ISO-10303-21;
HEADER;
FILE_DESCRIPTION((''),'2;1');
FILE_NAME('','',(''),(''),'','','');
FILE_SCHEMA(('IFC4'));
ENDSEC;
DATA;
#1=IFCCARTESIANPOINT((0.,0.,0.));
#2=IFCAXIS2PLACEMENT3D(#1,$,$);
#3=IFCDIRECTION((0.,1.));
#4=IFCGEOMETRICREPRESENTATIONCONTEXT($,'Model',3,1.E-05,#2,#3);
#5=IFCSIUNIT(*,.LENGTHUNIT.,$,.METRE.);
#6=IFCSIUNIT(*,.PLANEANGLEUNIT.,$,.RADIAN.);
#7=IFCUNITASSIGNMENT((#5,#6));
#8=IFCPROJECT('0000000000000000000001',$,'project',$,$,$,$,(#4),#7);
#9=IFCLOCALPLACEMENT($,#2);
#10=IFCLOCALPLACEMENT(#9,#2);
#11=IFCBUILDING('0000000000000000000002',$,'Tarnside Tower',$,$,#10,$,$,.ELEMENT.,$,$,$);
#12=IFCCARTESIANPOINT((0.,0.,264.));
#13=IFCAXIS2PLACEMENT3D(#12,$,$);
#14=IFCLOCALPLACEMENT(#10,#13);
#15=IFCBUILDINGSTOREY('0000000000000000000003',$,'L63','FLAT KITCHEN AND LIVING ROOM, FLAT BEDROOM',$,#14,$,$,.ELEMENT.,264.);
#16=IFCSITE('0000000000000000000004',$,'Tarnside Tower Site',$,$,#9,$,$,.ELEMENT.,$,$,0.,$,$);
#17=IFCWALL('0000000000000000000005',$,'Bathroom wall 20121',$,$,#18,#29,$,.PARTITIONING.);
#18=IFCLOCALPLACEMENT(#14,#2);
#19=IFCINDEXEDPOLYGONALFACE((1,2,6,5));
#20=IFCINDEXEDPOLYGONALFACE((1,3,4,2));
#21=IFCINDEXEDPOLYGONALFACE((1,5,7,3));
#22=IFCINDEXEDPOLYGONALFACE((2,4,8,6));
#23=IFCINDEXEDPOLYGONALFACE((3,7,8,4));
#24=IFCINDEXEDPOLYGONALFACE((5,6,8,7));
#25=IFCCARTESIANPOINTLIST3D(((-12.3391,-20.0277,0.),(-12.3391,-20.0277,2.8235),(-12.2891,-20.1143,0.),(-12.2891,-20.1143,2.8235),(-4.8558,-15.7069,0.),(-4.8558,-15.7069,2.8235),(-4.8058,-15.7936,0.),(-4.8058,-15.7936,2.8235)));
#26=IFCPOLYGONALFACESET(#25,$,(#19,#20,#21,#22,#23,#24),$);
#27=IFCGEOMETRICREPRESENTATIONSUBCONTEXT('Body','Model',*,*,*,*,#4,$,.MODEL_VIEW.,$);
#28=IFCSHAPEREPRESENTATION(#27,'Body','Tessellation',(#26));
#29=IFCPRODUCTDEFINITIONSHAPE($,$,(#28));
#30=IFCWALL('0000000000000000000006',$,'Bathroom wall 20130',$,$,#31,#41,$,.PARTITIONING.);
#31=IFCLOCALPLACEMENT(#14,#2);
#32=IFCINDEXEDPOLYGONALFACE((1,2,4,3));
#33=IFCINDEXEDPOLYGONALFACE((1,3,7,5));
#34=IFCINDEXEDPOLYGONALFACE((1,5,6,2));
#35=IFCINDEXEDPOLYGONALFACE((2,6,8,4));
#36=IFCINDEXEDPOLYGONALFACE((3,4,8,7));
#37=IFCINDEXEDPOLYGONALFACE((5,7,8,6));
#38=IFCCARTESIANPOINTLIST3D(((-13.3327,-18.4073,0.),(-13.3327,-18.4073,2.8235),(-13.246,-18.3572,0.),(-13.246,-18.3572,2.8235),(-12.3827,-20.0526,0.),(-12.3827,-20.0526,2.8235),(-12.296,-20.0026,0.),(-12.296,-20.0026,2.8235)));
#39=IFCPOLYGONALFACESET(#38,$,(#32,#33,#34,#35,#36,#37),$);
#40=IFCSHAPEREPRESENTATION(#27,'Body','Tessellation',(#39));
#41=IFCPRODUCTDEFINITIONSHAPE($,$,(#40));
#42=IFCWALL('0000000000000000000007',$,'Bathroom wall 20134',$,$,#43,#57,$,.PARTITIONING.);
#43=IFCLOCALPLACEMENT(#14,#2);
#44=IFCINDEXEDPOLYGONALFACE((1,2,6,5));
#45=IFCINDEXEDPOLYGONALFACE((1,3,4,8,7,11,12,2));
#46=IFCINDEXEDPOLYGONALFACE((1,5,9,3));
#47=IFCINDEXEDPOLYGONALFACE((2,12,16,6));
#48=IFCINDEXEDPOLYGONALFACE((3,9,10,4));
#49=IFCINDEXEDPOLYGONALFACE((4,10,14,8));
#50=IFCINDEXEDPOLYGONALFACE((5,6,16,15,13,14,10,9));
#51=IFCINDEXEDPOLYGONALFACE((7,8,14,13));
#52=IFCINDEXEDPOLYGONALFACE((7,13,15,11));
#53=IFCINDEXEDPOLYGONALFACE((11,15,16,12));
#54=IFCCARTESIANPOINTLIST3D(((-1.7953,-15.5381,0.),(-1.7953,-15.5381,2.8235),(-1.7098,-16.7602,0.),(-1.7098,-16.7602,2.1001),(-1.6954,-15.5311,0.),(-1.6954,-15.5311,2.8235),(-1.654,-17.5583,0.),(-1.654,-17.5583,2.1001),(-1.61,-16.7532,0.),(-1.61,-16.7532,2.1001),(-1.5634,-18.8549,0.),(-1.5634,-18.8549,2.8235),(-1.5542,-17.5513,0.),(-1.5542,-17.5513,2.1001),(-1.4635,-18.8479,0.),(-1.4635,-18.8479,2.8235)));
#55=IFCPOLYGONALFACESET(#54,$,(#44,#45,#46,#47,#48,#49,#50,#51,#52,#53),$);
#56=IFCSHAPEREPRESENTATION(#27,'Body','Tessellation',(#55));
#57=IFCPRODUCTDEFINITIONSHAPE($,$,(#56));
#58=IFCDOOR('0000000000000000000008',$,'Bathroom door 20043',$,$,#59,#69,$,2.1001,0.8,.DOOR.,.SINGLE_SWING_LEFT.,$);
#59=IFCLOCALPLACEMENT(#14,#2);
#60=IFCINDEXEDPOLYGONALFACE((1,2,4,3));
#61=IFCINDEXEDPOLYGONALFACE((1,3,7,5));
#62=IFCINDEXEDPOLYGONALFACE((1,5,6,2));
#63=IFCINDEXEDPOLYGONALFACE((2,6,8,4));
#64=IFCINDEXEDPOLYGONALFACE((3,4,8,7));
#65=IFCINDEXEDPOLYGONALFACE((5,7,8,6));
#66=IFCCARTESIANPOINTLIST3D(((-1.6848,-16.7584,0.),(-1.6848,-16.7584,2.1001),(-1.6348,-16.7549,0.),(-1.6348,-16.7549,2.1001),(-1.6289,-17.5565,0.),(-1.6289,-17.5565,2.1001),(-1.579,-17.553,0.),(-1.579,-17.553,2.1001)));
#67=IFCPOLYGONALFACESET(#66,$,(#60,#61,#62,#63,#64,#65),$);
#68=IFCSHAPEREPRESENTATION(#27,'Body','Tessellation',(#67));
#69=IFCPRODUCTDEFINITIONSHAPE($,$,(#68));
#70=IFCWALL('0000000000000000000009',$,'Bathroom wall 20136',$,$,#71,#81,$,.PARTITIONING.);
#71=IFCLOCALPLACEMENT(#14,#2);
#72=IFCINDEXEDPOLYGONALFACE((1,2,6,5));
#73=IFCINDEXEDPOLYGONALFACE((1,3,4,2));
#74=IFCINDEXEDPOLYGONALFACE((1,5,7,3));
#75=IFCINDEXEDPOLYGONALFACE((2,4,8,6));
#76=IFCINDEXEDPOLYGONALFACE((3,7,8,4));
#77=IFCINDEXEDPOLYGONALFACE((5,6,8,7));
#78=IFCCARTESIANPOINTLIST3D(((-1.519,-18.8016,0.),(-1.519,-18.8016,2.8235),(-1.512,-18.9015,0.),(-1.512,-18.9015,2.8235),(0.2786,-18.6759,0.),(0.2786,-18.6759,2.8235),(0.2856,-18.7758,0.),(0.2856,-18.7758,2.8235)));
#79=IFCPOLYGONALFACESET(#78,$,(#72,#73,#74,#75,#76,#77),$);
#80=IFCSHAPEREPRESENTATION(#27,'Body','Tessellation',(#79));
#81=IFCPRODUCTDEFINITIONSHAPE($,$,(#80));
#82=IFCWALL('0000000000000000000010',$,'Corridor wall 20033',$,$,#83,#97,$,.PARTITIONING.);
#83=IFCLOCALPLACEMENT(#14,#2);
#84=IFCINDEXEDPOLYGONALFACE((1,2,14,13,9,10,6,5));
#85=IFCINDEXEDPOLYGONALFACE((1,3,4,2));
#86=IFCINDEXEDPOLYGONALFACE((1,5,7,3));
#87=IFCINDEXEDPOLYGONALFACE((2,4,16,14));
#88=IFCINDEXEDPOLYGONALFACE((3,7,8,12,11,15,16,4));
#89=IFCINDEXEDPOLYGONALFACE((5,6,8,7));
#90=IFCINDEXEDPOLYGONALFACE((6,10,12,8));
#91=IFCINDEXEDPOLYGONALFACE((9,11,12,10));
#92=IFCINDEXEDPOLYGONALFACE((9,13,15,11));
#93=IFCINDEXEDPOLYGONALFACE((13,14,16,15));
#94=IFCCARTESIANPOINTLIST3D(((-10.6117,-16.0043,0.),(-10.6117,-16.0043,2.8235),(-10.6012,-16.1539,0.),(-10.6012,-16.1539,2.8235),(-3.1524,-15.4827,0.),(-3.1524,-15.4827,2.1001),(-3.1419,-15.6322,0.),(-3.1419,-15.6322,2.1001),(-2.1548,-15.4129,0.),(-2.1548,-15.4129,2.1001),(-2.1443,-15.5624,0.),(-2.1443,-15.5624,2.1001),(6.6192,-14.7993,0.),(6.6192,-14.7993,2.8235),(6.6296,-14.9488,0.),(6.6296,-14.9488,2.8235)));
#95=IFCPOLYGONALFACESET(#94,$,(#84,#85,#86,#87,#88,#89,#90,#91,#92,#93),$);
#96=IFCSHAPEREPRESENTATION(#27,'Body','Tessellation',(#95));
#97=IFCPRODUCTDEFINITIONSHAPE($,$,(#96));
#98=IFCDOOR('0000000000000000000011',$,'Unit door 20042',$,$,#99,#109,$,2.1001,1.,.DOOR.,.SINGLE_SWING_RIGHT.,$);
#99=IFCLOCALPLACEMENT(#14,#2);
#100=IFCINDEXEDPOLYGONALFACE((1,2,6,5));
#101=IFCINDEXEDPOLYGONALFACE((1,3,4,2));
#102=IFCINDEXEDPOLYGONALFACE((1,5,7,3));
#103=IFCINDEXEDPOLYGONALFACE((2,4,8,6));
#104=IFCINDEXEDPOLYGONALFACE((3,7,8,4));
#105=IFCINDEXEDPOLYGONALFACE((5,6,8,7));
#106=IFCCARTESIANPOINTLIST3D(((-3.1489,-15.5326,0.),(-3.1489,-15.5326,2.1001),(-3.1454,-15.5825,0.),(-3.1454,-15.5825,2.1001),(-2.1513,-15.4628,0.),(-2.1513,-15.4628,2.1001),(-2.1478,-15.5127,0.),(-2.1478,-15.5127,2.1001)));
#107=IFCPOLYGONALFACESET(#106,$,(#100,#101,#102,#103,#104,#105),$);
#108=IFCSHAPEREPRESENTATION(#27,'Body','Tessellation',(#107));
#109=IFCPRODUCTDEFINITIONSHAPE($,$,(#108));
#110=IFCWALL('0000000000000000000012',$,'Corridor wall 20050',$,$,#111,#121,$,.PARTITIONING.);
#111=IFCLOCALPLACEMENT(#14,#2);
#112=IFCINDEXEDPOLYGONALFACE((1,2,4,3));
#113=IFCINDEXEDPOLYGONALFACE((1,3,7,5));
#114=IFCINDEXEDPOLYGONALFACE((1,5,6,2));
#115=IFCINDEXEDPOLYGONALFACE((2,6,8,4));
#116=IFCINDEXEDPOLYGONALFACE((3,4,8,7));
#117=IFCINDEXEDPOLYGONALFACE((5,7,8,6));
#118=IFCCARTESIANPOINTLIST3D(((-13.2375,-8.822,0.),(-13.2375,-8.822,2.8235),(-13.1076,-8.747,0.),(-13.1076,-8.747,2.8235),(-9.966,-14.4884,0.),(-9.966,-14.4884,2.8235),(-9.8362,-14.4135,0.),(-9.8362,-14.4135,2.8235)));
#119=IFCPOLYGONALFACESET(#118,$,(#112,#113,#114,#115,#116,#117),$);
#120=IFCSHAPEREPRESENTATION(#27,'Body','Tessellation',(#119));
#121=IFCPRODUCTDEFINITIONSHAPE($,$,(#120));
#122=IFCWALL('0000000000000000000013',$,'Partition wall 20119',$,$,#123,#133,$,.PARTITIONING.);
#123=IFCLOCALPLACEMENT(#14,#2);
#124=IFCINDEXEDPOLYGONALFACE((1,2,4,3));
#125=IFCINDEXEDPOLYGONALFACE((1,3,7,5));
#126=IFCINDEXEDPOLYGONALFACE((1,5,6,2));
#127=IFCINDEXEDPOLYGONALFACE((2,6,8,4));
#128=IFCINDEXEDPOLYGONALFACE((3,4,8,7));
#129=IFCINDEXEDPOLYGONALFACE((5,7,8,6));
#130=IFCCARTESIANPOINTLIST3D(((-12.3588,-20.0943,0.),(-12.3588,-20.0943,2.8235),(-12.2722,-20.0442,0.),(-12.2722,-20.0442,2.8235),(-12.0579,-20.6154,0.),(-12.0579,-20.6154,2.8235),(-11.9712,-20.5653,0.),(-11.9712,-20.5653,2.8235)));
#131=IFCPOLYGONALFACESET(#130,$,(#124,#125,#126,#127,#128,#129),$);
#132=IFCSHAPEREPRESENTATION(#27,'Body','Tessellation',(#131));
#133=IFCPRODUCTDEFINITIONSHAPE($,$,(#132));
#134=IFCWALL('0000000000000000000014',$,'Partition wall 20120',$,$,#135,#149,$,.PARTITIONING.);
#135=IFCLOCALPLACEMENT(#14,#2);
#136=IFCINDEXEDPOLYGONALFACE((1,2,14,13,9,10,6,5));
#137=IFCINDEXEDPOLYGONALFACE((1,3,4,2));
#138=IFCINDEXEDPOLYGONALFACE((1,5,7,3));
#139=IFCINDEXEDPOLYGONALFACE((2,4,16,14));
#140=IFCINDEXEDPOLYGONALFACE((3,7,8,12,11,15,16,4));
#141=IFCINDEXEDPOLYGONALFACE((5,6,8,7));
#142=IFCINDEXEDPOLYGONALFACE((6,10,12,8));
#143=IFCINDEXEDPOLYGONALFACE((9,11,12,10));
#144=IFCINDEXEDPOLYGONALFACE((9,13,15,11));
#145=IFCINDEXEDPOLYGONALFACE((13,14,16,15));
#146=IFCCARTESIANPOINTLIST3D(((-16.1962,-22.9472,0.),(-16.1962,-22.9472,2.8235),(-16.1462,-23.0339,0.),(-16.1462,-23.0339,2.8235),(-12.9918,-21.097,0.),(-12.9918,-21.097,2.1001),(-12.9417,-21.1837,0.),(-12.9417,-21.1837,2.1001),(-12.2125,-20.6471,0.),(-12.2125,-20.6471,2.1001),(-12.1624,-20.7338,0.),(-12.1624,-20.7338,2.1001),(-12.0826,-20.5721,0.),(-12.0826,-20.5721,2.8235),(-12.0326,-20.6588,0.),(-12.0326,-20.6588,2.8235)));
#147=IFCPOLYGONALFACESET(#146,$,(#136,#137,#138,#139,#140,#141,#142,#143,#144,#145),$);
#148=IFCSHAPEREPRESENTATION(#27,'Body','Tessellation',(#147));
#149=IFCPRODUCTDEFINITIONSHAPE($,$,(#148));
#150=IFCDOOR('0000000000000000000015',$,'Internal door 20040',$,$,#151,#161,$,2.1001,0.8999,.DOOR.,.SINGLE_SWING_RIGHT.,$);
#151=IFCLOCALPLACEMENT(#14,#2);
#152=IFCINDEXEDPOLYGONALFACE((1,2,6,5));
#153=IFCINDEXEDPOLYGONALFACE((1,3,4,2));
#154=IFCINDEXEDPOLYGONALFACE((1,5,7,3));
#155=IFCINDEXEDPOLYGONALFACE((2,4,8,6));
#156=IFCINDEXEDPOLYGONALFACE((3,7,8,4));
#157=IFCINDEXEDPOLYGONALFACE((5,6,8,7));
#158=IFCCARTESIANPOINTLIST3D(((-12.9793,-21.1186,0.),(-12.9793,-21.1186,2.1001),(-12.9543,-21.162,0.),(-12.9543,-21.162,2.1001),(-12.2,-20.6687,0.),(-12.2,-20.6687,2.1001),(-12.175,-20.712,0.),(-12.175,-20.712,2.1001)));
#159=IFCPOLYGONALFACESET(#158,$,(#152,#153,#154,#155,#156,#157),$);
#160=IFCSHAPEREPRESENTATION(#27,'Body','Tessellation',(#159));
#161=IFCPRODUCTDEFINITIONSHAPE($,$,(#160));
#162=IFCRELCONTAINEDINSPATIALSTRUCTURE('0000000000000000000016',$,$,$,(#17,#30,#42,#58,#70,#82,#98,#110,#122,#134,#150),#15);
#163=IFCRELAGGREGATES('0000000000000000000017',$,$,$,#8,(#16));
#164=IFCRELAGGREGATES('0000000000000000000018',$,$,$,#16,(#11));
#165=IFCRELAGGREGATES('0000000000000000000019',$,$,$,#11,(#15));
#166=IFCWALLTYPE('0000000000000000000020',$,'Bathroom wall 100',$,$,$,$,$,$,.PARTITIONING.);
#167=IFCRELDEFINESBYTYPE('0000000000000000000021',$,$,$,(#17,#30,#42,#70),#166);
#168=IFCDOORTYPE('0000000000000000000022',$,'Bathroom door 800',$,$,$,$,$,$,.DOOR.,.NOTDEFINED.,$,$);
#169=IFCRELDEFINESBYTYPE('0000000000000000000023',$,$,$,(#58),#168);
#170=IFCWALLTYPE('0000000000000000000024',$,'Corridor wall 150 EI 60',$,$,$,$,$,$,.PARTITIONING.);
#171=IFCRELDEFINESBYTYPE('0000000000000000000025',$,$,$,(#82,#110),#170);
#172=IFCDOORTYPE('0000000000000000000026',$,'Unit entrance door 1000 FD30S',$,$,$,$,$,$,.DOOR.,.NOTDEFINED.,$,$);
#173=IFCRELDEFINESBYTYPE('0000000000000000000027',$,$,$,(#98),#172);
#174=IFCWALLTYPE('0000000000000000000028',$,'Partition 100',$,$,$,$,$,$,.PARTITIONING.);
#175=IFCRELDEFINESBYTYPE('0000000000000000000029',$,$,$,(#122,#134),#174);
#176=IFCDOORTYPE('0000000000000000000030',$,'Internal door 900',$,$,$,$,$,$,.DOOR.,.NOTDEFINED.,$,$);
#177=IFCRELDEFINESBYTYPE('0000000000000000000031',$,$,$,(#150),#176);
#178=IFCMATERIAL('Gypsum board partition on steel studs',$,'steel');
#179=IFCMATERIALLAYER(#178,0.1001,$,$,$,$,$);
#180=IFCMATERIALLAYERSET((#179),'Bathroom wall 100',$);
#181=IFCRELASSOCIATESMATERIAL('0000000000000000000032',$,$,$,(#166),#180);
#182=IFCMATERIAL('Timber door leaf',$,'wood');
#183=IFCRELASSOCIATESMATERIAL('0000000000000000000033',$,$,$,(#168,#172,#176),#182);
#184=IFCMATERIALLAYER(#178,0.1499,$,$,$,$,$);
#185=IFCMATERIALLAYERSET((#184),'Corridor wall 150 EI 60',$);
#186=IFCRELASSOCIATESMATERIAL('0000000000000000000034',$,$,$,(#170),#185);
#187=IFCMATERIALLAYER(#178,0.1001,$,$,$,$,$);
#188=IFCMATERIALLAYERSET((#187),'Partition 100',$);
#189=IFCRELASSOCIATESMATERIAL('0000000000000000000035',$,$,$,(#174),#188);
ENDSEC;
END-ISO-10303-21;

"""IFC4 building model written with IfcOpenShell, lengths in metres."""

from ifc_helpers import new_model, si_unit, direction, frame, frame_2d, origin, place, context, subcontext, project, spatial, rectangle, extrude, material, layer, layer_set, type_object, element, fill, save


model = new_model("IFC4")

# Units and contexts
model_context = context("Model", 3, precision=1e-05, world=origin(), true_north=direction((0.0, 1.0)))
body_context = subcontext(model_context, "Body", "Model", "MODEL_VIEW")
ifc_project = project(units=[si_unit("LENGTHUNIT", "METRE"), si_unit("PLANEANGLEUNIT", "RADIAN")], contexts=[model_context])

# Site, building, storey
site_placement = place(None, origin())
site = spatial("IfcSite", under=ifc_project, at=site_placement, Name="Tarnside Tower Site", CompositionType="ELEMENT", RefElevation=0.0)
building_placement = place(site_placement, origin())
building = spatial("IfcBuilding", under=site, at=building_placement, Name="Tarnside Tower", CompositionType="ELEMENT")
storey_placement = place(building_placement, frame((0.0, 0.0, 264.0)))
storey = spatial("IfcBuildingStorey", under=building, at=storey_placement, Name="L63", Description="FLAT KITCHEN AND LIVING ROOM, FLAT BEDROOM", CompositionType="ELEMENT", Elevation=264.0)

# Walls
ifc_material_1 = material(Name="Gypsum board partition on steel studs", Category="steel")
ifc_layer_1 = layer(ifc_material_1, 0.1001)
ifc_layer_set_1 = layer_set([ifc_layer_1], Name="Bathroom wall 100")
wall_type_1 = type_object("IfcWallType", Name="Bathroom wall 100", PredefinedType="PARTITIONING", material=ifc_layer_set_1)
wall_1_placement = place(storey_placement, frame((-4.8308, -15.7502, 0.0), z_axis=(0.0, 0.0, 1.0), x_axis=(-0.866012, -0.500022, 0.0)))
element("IfcWall", 1, at=wall_1_placement, inside=storey, type_object=wall_type_1, Name="Bathroom wall 20121", PredefinedType="PARTITIONING", context=body_context, shape_type="SweptSolid", body=[
    extrude(rectangle(XDim=8.6411, YDim=0.1001, at=frame_2d((4.3206, 0.0))), origin(), (0.0, 0.0, 1.0), 2.8235),
])
wall_2_placement = place(storey_placement, frame((-12.3394, -20.0276, 0.0), z_axis=(0.0, 0.0, 1.0), x_axis=(-0.500023, 0.866012, 0.0)))
element("IfcWall", 2, at=wall_2_placement, inside=storey, type_object=wall_type_1, Name="Bathroom wall 20130", PredefinedType="PARTITIONING", context=body_context, shape_type="SweptSolid", body=[
    extrude(rectangle(XDim=1.8999, YDim=0.1001, at=frame_2d((0.95, 0.0))), origin(), (0.0, 0.0, 1.0), 2.8235),
])

# Wall, opening, door
wall_3_placement = place(storey_placement, frame((-1.5134, -18.8516, 0.0), z_axis=(0.0, 0.0, 1.0), x_axis=(-0.069755, 0.997564, 0.0)))
wall_3 = element("IfcWall", 3, at=wall_3_placement, inside=storey, type_object=wall_type_1, Name="Bathroom wall 20134", PredefinedType="PARTITIONING", context=body_context, shape_type="SweptSolid", body=[
    extrude(rectangle(XDim=3.325, YDim=0.1001, at=frame_2d((1.6626, 0.0))), origin(), (0.0, 0.0, 1.0), 2.8235),
])
opening_1_placement = place(wall_3_placement, frame((1.3, 0.0, 0.0)))
opening_1 = element("IfcOpeningElement", 4, at=opening_1_placement, cuts=wall_3, PredefinedType="OPENING", context=body_context, shape_type="SweptSolid", body=[
    extrude(rectangle(XDim=0.8, YDim=2.1001, at=frame_2d((0.3999, 1.05))), frame((0.0, 0.0601, 0.0), z_axis=(0.0, -1.0, 0.0), x_axis=(1.0, 0.0, 0.0)), (0.0, 0.0, 1.0), 0.1201),
])
ifc_material_2 = material(Name="Timber door leaf", Category="wood")
door_type_1 = type_object("IfcDoorType", Name="Bathroom door 800", OperationType="NOTDEFINED", PredefinedType="DOOR", material=ifc_material_2)
door_1_placement = place(opening_1_placement, origin())
door_1 = element("IfcDoor", 5, at=door_1_placement, inside=storey, type_object=door_type_1, Name="Bathroom door 20043", OperationType="SINGLE_SWING_LEFT", OverallHeight=2.1001, OverallWidth=0.8, PredefinedType="DOOR", context=body_context, shape_type="SweptSolid", body=[
    extrude(rectangle(XDim=0.8, YDim=2.1001, at=frame_2d((0.3999, 1.05))), frame((0.0, 0.0249, 0.0), z_axis=(0.0, -1.0, 0.0), x_axis=(1.0, 0.0, 0.0)), (0.0, 0.0, 1.0), 0.05),
])
fill(opening_1, door_1)

# Wall
wall_4_placement = place(storey_placement, frame((-1.5154, -18.8516, 0.0), z_axis=(0.0, 0.0, 1.0), x_axis=(0.997563, 0.069774, 0.0)))
element("IfcWall", 6, at=wall_4_placement, inside=storey, type_object=wall_type_1, Name="Bathroom wall 20136", PredefinedType="PARTITIONING", context=body_context, shape_type="SweptSolid", body=[
    extrude(rectangle(XDim=1.802, YDim=0.1001, at=frame_2d((0.9009, 0.0))), origin(), (0.0, 0.0, 1.0), 2.8235),
])

# Wall, opening, door
ifc_layer_2 = layer(ifc_material_1, 0.1499)
ifc_layer_set_2 = layer_set([ifc_layer_2], Name="Corridor wall 150 EI 60")
wall_type_2 = type_object("IfcWallType", Name="Corridor wall 150 EI 60", PredefinedType="PARTITIONING", material=ifc_layer_set_2)
wall_5_placement = place(storey_placement, frame((-10.6064, -16.0791, 0.0), z_axis=(0.0, 0.0, 1.0), x_axis=(0.997563, 0.069766, 0.0)))
wall_5 = element("IfcWall", 7, at=wall_5_placement, inside=storey, type_object=wall_type_2, Name="Corridor wall 20033", PredefinedType="PARTITIONING", context=body_context, shape_type="SweptSolid", body=[
    extrude(rectangle(XDim=17.2729, YDim=0.1499, at=frame_2d((8.6365, 0.0))), origin(), (0.0, 0.0, 1.0), 2.8235),
])
opening_2_placement = place(wall_5_placement, frame((7.4775, 0.0, 0.0)))
opening_2 = element("IfcOpeningElement", 8, at=opening_2_placement, cuts=wall_5, PredefinedType="OPENING", context=body_context, shape_type="SweptSolid", body=[
    extrude(rectangle(XDim=1.0, YDim=2.1001, at=frame_2d((0.5, 1.05))), frame((0.0, 0.085, 0.0), z_axis=(0.0, -1.0, 0.0), x_axis=(1.0, 0.0, 0.0)), (0.0, 0.0, 1.0), 0.1699),
])
door_type_2 = type_object("IfcDoorType", Name="Unit entrance door 1000 FD30S", OperationType="NOTDEFINED", PredefinedType="DOOR", material=ifc_material_2)
door_2_placement = place(opening_2_placement, origin())
door_2 = element("IfcDoor", 9, at=door_2_placement, inside=storey, type_object=door_type_2, Name="Unit door 20042", OperationType="SINGLE_SWING_RIGHT", OverallHeight=2.1001, OverallWidth=1.0, PredefinedType="DOOR", context=body_context, shape_type="SweptSolid", body=[
    extrude(rectangle(XDim=1.0, YDim=2.1001, at=frame_2d((0.5, 1.05))), frame((0.0, 0.0249, 0.0), z_axis=(0.0, -1.0, 0.0), x_axis=(1.0, 0.0, 0.0)), (0.0, 0.0, 1.0), 0.05),
])
fill(opening_2, door_2)

# Walls
wall_6_placement = place(storey_placement, frame((-9.9011, -14.4509, 0.0), z_axis=(0.0, 0.0, 1.0), x_axis=(-0.499992, 0.86603, 0.0)))
element("IfcWall", 10, at=wall_6_placement, inside=storey, type_object=wall_type_2, Name="Corridor wall 20050", PredefinedType="PARTITIONING", context=body_context, shape_type="SweptSolid", body=[
    extrude(rectangle(XDim=6.543, YDim=0.1499, at=frame_2d((3.2715, 0.0))), origin(), (0.0, 0.0, 1.0), 2.8235),
])
ifc_layer_3 = layer(ifc_material_1, 0.1001)
ifc_layer_set_3 = layer_set([ifc_layer_3], Name="Partition 100")
wall_type_3 = type_object("IfcWallType", Name="Partition 100", PredefinedType="PARTITIONING", material=ifc_layer_set_3)
wall_7_placement = place(storey_placement, frame((-12.3154, -20.0693, 0.0), z_axis=(0.0, 0.0, 1.0), x_axis=(0.500109, -0.865963, 0.0)))
element("IfcWall", 11, at=wall_7_placement, inside=storey, type_object=wall_type_3, Name="Partition wall 20119", PredefinedType="PARTITIONING", context=body_context, shape_type="SweptSolid", body=[
    extrude(rectangle(XDim=0.6018, YDim=0.1001, at=frame_2d((0.3008, 0.0))), origin(), (0.0, 0.0, 1.0), 2.8235),
])

# Wall, opening, door
wall_8_placement = place(storey_placement, frame((-12.0576, -20.6155, 0.0), z_axis=(0.0, 0.0, 1.0), x_axis=(-0.86602, -0.500009, 0.0)))
wall_8 = element("IfcWall", 12, at=wall_8_placement, inside=storey, type_object=wall_type_3, Name="Partition wall 20120", PredefinedType="PARTITIONING", context=body_context, shape_type="SweptSolid", body=[
    extrude(rectangle(XDim=4.75, YDim=0.1001, at=frame_2d((2.375, 0.0))), origin(), (0.0, 0.0, 1.0), 2.8235),
])
opening_3_placement = place(wall_8_placement, frame((0.1499, 0.0, 0.0)))
opening_3 = element("IfcOpeningElement", 13, at=opening_3_placement, cuts=wall_8, PredefinedType="OPENING", context=body_context, shape_type="SweptSolid", body=[
    extrude(rectangle(XDim=0.8999, YDim=2.1001, at=frame_2d((0.45, 1.05))), frame((0.0, 0.0601, 0.0), z_axis=(0.0, -1.0, 0.0), x_axis=(1.0, 0.0, 0.0)), (0.0, 0.0, 1.0), 0.1201),
])
door_type_3 = type_object("IfcDoorType", Name="Internal door 900", OperationType="NOTDEFINED", PredefinedType="DOOR", material=ifc_material_2)
door_3_placement = place(opening_3_placement, origin())
door_3 = element("IfcDoor", 14, at=door_3_placement, inside=storey, type_object=door_type_3, Name="Internal door 20040", OperationType="SINGLE_SWING_RIGHT", OverallHeight=2.1001, OverallWidth=0.8999, PredefinedType="DOOR", context=body_context, shape_type="SweptSolid", body=[
    extrude(rectangle(XDim=0.8999, YDim=2.1001, at=frame_2d((0.45, 1.05))), frame((0.0, 0.0249, 0.0), z_axis=(0.0, -1.0, 0.0), x_axis=(1.0, 0.0, 0.0)), (0.0, 0.0, 1.0), 0.05),
])
fill(opening_3, door_3)

save(model, "model.ifc")
